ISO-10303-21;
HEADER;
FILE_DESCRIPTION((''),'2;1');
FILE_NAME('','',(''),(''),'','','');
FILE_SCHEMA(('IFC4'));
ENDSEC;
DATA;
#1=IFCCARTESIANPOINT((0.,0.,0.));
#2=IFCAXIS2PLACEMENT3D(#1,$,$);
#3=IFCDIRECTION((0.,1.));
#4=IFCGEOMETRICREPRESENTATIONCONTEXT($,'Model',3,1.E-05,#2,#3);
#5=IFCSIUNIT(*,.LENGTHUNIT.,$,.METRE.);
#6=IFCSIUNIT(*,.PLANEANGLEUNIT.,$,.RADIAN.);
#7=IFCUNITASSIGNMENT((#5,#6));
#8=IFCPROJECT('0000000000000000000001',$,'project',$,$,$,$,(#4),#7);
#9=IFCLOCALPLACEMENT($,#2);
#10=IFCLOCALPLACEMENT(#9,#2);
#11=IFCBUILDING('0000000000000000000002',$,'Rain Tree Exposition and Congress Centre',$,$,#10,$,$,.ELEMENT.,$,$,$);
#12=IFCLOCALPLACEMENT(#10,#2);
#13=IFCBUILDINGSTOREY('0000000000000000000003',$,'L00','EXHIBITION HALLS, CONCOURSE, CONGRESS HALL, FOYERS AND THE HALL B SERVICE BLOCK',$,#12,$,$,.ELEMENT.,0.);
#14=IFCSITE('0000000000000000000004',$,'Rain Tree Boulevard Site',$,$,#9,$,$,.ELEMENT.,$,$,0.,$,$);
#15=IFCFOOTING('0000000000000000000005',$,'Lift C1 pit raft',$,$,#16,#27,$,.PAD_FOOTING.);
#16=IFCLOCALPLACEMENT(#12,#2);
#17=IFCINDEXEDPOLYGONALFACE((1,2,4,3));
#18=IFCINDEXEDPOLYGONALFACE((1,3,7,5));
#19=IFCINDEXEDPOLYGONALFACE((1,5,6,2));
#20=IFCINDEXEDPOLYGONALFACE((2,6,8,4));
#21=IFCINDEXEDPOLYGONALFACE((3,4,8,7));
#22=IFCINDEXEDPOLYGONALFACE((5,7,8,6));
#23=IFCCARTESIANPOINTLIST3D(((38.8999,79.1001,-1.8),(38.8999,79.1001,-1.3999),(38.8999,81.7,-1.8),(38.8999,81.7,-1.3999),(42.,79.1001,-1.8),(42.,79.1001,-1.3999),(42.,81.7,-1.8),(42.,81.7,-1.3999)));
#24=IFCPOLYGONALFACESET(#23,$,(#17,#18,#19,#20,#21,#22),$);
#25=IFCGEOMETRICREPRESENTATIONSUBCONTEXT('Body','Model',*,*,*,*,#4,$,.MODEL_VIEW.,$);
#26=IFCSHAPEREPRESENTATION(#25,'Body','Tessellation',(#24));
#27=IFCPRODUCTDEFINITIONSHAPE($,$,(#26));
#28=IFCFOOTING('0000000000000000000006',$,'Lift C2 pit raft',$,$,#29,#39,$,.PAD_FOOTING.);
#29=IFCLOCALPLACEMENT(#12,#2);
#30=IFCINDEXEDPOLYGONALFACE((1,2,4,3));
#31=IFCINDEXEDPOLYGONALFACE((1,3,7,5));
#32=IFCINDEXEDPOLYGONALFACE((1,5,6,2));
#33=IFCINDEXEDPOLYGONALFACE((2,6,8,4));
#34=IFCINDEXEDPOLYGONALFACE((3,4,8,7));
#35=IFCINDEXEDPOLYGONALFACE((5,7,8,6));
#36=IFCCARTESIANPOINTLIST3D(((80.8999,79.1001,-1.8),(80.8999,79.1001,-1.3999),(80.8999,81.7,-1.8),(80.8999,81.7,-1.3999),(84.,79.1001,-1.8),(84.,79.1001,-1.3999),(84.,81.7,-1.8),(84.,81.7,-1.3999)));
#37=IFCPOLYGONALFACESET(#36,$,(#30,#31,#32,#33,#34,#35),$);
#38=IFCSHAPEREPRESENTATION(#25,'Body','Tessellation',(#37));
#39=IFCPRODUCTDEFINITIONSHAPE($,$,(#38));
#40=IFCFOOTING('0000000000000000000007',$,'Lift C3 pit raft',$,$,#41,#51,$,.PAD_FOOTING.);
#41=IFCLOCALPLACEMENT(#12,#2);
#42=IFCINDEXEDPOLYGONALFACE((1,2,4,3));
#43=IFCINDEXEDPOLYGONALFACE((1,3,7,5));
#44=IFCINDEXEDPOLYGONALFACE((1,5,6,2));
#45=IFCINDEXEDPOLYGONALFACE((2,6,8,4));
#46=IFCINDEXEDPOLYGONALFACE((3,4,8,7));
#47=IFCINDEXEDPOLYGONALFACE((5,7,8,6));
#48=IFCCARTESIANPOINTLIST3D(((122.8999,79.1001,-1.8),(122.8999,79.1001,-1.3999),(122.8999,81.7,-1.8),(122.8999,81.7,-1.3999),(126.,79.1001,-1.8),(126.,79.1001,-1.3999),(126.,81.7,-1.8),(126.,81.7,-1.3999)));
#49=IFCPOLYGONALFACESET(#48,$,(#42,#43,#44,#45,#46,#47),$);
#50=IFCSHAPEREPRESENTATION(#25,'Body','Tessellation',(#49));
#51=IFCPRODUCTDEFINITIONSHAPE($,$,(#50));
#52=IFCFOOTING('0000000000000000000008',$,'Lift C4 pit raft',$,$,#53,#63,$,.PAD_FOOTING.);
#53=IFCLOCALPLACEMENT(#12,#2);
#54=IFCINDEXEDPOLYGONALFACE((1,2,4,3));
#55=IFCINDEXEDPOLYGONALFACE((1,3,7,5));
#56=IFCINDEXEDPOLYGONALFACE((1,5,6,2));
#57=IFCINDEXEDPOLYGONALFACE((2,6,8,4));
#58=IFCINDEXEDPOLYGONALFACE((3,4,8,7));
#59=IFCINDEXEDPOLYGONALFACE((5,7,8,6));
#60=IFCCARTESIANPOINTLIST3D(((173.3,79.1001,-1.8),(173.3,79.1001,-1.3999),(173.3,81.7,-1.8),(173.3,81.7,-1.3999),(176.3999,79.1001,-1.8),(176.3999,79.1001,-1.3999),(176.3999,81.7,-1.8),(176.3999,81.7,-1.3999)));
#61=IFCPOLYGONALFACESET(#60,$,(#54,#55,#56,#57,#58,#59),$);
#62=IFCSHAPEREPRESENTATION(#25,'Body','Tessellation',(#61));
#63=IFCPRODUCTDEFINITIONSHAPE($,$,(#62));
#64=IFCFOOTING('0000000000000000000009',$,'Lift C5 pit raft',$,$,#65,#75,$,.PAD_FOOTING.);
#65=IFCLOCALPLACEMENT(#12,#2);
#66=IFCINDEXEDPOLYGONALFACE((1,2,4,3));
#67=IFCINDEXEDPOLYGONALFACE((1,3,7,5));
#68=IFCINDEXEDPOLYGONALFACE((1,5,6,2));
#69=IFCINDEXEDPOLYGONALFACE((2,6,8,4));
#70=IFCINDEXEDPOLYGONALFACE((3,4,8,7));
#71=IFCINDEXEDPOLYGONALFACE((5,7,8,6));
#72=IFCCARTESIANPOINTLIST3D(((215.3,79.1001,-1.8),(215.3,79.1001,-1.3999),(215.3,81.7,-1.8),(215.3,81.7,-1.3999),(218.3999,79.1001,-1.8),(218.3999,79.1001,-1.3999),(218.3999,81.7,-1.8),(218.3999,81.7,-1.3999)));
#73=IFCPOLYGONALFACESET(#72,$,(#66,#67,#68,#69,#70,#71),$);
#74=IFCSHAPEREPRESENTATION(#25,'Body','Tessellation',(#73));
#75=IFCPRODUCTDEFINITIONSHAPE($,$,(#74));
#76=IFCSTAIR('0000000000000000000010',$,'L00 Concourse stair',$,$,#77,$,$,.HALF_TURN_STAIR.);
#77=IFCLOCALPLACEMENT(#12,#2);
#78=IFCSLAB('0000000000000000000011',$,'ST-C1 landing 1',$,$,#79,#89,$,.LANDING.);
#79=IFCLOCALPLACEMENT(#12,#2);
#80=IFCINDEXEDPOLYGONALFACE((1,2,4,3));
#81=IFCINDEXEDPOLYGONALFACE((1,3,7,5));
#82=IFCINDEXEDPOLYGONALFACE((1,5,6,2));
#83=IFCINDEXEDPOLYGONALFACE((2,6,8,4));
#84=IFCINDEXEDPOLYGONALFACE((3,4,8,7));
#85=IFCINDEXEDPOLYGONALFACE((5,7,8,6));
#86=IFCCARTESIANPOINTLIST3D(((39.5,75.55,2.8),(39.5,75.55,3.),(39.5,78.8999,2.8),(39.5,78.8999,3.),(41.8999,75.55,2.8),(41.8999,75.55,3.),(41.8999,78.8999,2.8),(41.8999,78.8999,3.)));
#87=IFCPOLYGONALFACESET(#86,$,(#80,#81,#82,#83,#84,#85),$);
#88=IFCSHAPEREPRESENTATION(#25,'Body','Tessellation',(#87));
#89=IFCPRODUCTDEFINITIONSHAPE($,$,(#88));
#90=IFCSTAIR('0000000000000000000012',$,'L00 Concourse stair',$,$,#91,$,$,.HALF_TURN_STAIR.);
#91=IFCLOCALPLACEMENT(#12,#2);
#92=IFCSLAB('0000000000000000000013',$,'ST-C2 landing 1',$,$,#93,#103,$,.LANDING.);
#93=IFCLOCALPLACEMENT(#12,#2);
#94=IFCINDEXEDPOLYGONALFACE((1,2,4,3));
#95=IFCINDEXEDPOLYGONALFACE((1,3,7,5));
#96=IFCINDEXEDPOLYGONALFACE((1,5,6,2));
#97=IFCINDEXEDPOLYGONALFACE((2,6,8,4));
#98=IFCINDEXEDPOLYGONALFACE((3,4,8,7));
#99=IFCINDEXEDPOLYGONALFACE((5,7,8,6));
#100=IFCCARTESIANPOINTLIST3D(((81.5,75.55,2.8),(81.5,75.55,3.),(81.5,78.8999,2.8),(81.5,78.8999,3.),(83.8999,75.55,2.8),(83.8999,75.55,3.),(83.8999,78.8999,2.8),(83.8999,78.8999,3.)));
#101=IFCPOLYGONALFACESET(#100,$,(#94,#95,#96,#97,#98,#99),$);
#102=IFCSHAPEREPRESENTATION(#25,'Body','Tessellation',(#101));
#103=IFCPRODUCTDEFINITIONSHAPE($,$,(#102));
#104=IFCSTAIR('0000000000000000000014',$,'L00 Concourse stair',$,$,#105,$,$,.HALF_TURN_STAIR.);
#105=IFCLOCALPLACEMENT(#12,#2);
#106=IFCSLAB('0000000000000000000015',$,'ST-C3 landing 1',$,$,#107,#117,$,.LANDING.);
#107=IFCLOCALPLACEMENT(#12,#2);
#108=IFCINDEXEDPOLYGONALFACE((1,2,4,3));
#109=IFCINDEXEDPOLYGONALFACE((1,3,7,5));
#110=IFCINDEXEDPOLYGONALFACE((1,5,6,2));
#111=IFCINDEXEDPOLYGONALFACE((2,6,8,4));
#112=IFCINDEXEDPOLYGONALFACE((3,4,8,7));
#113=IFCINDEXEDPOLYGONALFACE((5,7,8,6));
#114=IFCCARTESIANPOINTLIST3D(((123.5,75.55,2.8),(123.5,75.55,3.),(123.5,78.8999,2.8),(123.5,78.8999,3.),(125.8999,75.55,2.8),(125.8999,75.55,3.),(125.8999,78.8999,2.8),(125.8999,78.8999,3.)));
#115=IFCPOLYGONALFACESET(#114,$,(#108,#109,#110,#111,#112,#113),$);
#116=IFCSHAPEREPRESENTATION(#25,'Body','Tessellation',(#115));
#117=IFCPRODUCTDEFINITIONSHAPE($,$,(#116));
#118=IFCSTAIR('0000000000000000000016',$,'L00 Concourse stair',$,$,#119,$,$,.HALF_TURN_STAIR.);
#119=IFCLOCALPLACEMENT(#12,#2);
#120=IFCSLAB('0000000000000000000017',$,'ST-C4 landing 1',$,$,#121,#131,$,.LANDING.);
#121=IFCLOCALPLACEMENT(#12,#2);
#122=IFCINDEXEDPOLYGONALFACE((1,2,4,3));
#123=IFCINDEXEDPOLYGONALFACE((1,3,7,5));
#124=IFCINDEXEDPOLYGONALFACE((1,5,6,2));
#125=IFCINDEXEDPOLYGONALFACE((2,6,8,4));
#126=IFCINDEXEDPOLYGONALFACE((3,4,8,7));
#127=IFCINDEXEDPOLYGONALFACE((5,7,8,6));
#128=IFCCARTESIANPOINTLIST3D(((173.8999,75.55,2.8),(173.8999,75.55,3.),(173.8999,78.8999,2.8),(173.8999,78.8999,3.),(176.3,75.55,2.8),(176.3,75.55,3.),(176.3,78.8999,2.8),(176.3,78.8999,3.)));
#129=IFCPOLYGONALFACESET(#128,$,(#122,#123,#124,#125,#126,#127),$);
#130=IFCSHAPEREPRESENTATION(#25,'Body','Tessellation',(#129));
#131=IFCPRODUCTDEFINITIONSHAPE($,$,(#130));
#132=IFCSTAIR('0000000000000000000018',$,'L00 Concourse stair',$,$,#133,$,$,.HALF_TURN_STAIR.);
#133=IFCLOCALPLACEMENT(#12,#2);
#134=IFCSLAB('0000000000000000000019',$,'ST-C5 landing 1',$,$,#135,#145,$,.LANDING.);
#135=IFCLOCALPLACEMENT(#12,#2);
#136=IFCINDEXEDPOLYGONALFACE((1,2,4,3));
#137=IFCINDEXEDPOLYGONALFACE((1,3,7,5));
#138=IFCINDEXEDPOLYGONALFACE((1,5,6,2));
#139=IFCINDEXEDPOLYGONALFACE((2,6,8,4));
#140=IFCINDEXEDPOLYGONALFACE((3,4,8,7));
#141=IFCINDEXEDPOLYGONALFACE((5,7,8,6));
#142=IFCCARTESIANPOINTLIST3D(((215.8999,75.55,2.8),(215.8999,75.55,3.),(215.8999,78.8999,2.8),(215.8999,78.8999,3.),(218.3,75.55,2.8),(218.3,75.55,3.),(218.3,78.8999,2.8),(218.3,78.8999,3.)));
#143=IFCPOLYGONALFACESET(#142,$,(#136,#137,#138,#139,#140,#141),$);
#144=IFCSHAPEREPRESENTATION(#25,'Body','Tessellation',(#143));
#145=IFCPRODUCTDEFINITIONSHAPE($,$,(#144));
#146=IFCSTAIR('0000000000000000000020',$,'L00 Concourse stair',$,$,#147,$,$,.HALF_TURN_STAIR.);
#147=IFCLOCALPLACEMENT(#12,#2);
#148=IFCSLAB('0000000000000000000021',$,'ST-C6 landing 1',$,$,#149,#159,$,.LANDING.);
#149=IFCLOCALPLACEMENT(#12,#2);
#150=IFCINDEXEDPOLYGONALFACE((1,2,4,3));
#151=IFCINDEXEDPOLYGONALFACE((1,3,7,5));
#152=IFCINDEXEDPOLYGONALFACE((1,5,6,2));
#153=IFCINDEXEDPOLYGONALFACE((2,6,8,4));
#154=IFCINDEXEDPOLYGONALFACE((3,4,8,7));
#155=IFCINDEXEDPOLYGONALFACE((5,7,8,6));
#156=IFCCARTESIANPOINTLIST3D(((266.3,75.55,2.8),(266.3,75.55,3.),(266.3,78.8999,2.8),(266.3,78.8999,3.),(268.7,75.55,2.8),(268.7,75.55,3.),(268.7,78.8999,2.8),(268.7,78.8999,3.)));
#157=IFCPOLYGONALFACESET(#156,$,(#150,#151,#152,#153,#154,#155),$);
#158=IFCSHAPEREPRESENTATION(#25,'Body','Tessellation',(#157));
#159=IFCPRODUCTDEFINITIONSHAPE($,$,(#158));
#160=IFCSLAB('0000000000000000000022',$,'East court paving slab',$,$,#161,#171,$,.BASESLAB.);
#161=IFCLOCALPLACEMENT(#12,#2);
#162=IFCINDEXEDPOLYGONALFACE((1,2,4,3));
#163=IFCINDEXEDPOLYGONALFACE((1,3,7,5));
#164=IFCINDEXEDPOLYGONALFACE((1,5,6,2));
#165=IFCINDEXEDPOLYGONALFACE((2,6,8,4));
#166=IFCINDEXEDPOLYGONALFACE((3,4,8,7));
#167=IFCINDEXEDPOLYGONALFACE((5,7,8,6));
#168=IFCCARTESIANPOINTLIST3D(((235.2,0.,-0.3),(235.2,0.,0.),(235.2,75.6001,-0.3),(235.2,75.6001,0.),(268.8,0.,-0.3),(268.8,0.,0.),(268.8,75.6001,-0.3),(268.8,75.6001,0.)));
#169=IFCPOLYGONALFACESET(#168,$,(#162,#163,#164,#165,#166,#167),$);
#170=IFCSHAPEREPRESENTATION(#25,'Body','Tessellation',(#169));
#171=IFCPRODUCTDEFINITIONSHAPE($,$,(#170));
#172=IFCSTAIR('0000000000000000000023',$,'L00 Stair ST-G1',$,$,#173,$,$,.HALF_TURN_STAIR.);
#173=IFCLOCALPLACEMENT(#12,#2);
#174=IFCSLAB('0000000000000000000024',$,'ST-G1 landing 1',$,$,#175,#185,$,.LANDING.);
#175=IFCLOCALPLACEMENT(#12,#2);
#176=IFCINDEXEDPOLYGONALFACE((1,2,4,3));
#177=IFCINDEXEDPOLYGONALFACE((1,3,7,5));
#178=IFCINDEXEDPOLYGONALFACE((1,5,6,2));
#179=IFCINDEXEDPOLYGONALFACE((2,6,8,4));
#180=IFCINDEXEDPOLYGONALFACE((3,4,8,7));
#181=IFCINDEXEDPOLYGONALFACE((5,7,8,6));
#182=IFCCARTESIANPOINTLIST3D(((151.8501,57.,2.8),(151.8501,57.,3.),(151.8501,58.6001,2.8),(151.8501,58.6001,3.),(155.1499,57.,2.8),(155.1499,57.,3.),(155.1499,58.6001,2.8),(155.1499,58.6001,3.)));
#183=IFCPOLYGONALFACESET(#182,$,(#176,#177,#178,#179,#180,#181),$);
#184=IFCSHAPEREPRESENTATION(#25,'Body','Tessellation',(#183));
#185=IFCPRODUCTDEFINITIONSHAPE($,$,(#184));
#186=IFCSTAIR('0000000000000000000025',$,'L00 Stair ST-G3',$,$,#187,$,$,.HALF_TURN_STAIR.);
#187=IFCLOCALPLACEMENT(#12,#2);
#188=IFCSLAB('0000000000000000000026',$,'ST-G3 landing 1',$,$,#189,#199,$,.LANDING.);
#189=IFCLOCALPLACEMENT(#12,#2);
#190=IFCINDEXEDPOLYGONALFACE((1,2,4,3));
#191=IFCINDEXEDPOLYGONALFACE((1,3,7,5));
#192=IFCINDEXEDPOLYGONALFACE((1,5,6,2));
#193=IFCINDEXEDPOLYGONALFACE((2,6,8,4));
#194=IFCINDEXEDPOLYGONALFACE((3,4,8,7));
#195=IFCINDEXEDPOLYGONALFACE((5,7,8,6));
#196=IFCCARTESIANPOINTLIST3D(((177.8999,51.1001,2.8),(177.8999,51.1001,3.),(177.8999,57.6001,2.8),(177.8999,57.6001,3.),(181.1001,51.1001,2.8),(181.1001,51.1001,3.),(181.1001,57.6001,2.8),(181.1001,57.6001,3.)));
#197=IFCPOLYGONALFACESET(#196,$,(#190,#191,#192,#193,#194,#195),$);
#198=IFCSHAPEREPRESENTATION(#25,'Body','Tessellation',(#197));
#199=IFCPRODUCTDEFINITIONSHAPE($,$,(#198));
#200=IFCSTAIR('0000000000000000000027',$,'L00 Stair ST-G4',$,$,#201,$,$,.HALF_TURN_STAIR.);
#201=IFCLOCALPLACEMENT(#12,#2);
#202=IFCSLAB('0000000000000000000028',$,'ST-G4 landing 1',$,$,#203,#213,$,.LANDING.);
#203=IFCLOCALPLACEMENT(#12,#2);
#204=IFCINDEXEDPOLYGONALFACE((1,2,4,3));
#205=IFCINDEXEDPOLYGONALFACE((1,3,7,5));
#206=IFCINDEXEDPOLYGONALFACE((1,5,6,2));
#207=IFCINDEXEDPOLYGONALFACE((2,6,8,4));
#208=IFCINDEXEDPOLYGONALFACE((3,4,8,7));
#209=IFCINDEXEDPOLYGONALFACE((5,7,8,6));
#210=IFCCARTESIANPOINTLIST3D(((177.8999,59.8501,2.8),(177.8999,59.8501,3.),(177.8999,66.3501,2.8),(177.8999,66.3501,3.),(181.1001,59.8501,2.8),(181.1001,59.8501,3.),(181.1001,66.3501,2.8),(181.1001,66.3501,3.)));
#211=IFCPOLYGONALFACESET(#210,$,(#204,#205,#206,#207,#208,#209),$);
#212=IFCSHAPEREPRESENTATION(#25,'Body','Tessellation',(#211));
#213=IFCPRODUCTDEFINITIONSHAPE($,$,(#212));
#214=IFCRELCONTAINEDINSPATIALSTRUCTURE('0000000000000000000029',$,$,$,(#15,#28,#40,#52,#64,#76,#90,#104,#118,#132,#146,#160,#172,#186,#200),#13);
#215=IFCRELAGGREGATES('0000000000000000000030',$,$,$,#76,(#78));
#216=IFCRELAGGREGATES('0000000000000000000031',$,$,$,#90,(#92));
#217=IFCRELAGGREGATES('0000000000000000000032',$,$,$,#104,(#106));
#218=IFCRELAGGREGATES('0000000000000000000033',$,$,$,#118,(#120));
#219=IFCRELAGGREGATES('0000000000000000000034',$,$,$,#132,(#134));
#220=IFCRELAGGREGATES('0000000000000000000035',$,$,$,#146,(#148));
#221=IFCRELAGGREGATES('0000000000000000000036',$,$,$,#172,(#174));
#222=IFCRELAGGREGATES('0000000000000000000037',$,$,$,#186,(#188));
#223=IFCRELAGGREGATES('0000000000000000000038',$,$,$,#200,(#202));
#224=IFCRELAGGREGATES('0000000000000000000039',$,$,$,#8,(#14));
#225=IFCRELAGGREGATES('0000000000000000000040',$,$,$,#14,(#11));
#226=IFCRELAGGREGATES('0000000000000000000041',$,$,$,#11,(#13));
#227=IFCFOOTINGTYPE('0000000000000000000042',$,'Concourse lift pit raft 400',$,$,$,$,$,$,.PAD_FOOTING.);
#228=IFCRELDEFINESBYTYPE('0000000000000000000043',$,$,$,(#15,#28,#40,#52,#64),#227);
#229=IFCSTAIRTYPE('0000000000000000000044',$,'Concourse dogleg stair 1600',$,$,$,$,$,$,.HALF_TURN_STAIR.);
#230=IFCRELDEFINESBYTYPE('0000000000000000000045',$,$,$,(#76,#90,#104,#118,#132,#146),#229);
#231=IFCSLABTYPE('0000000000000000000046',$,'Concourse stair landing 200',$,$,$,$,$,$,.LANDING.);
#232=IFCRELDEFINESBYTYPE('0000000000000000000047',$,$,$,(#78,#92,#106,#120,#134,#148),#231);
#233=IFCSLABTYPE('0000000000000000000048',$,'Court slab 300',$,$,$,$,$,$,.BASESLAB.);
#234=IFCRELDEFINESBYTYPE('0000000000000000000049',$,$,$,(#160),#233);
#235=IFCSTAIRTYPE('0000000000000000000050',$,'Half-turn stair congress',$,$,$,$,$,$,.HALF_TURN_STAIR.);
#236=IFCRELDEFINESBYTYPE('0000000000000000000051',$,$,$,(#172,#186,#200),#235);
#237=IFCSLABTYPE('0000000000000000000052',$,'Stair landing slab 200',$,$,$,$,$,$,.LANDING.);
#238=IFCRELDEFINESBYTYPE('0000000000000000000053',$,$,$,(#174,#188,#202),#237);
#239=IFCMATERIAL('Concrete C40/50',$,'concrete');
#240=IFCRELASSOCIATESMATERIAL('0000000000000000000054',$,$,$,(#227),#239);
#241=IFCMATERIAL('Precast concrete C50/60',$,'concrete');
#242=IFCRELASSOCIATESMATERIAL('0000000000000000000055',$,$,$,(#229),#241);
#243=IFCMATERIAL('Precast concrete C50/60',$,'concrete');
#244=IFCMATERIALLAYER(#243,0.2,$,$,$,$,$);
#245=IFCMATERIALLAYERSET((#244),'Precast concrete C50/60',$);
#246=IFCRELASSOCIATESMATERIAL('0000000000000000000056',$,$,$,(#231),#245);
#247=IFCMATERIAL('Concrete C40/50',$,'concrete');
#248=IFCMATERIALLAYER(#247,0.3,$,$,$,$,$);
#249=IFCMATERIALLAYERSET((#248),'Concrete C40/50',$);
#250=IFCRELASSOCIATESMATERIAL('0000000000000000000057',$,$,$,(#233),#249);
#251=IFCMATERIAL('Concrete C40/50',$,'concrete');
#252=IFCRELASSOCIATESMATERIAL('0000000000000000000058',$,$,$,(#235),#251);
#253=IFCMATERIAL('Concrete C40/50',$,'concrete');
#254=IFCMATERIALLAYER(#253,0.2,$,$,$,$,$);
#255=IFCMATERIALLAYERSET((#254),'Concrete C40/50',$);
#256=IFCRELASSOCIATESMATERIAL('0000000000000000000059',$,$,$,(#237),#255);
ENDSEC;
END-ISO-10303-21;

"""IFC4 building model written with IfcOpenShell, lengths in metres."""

from ifc_helpers import new_model, si_unit, direction, frame, origin, place, context, subcontext, project, spatial, polyline, outline, extrude, material, layer, layer_set, type_object, element, aggregate, save


model = new_model("IFC4")

# Units and contexts
model_context = context("Model", 3, precision=1e-05, world=origin(), true_north=direction((0.0, 1.0)))
body_context = subcontext(model_context, "Body", "Model", "MODEL_VIEW")
ifc_project = project(units=[si_unit("LENGTHUNIT", "METRE"), si_unit("PLANEANGLEUNIT", "RADIAN")], contexts=[model_context])

# Site, building, storey
site_placement = place(None, origin())
site = spatial("IfcSite", under=ifc_project, at=site_placement, Name="Rain Tree Boulevard Site", CompositionType="ELEMENT", RefElevation=0.0)
building_placement = place(site_placement, origin())
building = spatial("IfcBuilding", under=site, at=building_placement, Name="Rain Tree Exposition and Congress Centre", CompositionType="ELEMENT")
storey_placement = place(building_placement, origin())
storey = spatial("IfcBuildingStorey", under=building, at=storey_placement, Name="L00", Description="EXHIBITION HALLS, CONCOURSE, CONGRESS HALL, FOYERS AND THE HALL B SERVICE BLOCK", CompositionType="ELEMENT", Elevation=0.0)

# Footings
ifc_material_1 = material(Name="Concrete C40/50", Category="concrete")
footing_type = type_object("IfcFootingType", Name="Concourse lift pit raft 400", PredefinedType="PAD_FOOTING", material=ifc_material_1)
footing_1_placement = place(storey_placement, frame((0.0, 0.0, -1.8)))
element("IfcFooting", 1, at=footing_1_placement, inside=storey, type_object=footing_type, Name="Lift C1 pit raft", PredefinedType="PAD_FOOTING", context=body_context, shape_type="SweptSolid", body=[
    extrude(outline(polyline([(38.8999, 79.1001), (42.0, 79.1001), (42.0, 81.7), (38.8999, 81.7), (38.8999, 79.1001)])), origin(), (0.0, 0.0, 1.0), 0.4001),
])
footing_2_placement = place(storey_placement, frame((0.0, 0.0, -1.8)))
element("IfcFooting", 2, at=footing_2_placement, inside=storey, type_object=footing_type, Name="Lift C2 pit raft", PredefinedType="PAD_FOOTING", context=body_context, shape_type="SweptSolid", body=[
    extrude(outline(polyline([(80.8999, 79.1001), (84.0, 79.1001), (84.0, 81.7), (80.8999, 81.7), (80.8999, 79.1001)])), origin(), (0.0, 0.0, 1.0), 0.4001),
])
footing_3_placement = place(storey_placement, frame((0.0, 0.0, -1.8)))
element("IfcFooting", 3, at=footing_3_placement, inside=storey, type_object=footing_type, Name="Lift C3 pit raft", PredefinedType="PAD_FOOTING", context=body_context, shape_type="SweptSolid", body=[
    extrude(outline(polyline([(122.8999, 79.1001), (126.0, 79.1001), (126.0, 81.7), (122.8999, 81.7), (122.8999, 79.1001)])), origin(), (0.0, 0.0, 1.0), 0.4001),
])
footing_4_placement = place(storey_placement, frame((0.0, 0.0, -1.8)))
element("IfcFooting", 4, at=footing_4_placement, inside=storey, type_object=footing_type, Name="Lift C4 pit raft", PredefinedType="PAD_FOOTING", context=body_context, shape_type="SweptSolid", body=[
    extrude(outline(polyline([(173.3, 79.1001), (176.3999, 79.1001), (176.3999, 81.7), (173.3, 81.7), (173.3, 79.1001)])), origin(), (0.0, 0.0, 1.0), 0.4001),
])
footing_5_placement = place(storey_placement, frame((0.0, 0.0, -1.8)))
element("IfcFooting", 5, at=footing_5_placement, inside=storey, type_object=footing_type, Name="Lift C5 pit raft", PredefinedType="PAD_FOOTING", context=body_context, shape_type="SweptSolid", body=[
    extrude(outline(polyline([(215.3, 79.1001), (218.3999, 79.1001), (218.3999, 81.7), (215.3, 81.7), (215.3, 79.1001)])), origin(), (0.0, 0.0, 1.0), 0.4001),
])

# Stairs, slabs
ifc_material_2 = material(Name="Precast concrete C50/60", Category="concrete")
stair_type_1 = type_object("IfcStairType", Name="Concourse dogleg stair 1600", PredefinedType="HALF_TURN_STAIR", material=ifc_material_2)
stair_1_placement = place(storey_placement, origin())
stair_1 = element("IfcStair", 6, at=stair_1_placement, inside=storey, type_object=stair_type_1, Name="L00 Concourse stair", PredefinedType="HALF_TURN_STAIR")
ifc_material_3 = material(Name="Precast concrete C50/60", Category="concrete")
ifc_layer_1 = layer(ifc_material_3, 0.2)
ifc_layer_set_1 = layer_set([ifc_layer_1], Name="Precast concrete C50/60")
slab_type_1 = type_object("IfcSlabType", Name="Concourse stair landing 200", PredefinedType="LANDING", material=ifc_layer_set_1)
slab_1_placement = place(storey_placement, frame((0.0, 0.0, 2.8)))
slab_1 = element("IfcSlab", 7, at=slab_1_placement, type_object=slab_type_1, Name="ST-C1 landing 1", PredefinedType="LANDING", context=body_context, shape_type="SweptSolid", body=[
    extrude(outline(polyline([(39.5, 75.55), (41.8999, 75.55), (41.8999, 78.8999), (39.5, 78.8999), (39.5, 75.55)])), origin(), (0.0, 0.0, 1.0), 0.2),
])
aggregate(stair_1, [slab_1])
stair_2_placement = place(storey_placement, origin())
stair_2 = element("IfcStair", 8, at=stair_2_placement, inside=storey, type_object=stair_type_1, Name="L00 Concourse stair", PredefinedType="HALF_TURN_STAIR")
slab_2_placement = place(storey_placement, frame((0.0, 0.0, 2.8)))
slab_2 = element("IfcSlab", 9, at=slab_2_placement, type_object=slab_type_1, Name="ST-C2 landing 1", PredefinedType="LANDING", context=body_context, shape_type="SweptSolid", body=[
    extrude(outline(polyline([(81.5, 75.55), (83.8999, 75.55), (83.8999, 78.8999), (81.5, 78.8999), (81.5, 75.55)])), origin(), (0.0, 0.0, 1.0), 0.2),
])
aggregate(stair_2, [slab_2])
stair_3_placement = place(storey_placement, origin())
stair_3 = element("IfcStair", 10, at=stair_3_placement, inside=storey, type_object=stair_type_1, Name="L00 Concourse stair", PredefinedType="HALF_TURN_STAIR")
slab_3_placement = place(storey_placement, frame((0.0, 0.0, 2.8)))
slab_3 = element("IfcSlab", 11, at=slab_3_placement, type_object=slab_type_1, Name="ST-C3 landing 1", PredefinedType="LANDING", context=body_context, shape_type="SweptSolid", body=[
    extrude(outline(polyline([(123.5, 75.55), (125.8999, 75.55), (125.8999, 78.8999), (123.5, 78.8999), (123.5, 75.55)])), origin(), (0.0, 0.0, 1.0), 0.2),
])
aggregate(stair_3, [slab_3])
stair_4_placement = place(storey_placement, origin())
stair_4 = element("IfcStair", 12, at=stair_4_placement, inside=storey, type_object=stair_type_1, Name="L00 Concourse stair", PredefinedType="HALF_TURN_STAIR")
slab_4_placement = place(storey_placement, frame((0.0, 0.0, 2.8)))
slab_4 = element("IfcSlab", 13, at=slab_4_placement, type_object=slab_type_1, Name="ST-C4 landing 1", PredefinedType="LANDING", context=body_context, shape_type="SweptSolid", body=[
    extrude(outline(polyline([(173.8999, 75.55), (176.3, 75.55), (176.3, 78.8999), (173.8999, 78.8999), (173.8999, 75.55)])), origin(), (0.0, 0.0, 1.0), 0.2),
])
aggregate(stair_4, [slab_4])
stair_5_placement = place(storey_placement, origin())
stair_5 = element("IfcStair", 14, at=stair_5_placement, inside=storey, type_object=stair_type_1, Name="L00 Concourse stair", PredefinedType="HALF_TURN_STAIR")
slab_5_placement = place(storey_placement, frame((0.0, 0.0, 2.8)))
slab_5 = element("IfcSlab", 15, at=slab_5_placement, type_object=slab_type_1, Name="ST-C5 landing 1", PredefinedType="LANDING", context=body_context, shape_type="SweptSolid", body=[
    extrude(outline(polyline([(215.8999, 75.55), (218.3, 75.55), (218.3, 78.8999), (215.8999, 78.8999), (215.8999, 75.55)])), origin(), (0.0, 0.0, 1.0), 0.2),
])
aggregate(stair_5, [slab_5])
stair_6_placement = place(storey_placement, origin())
stair_6 = element("IfcStair", 16, at=stair_6_placement, inside=storey, type_object=stair_type_1, Name="L00 Concourse stair", PredefinedType="HALF_TURN_STAIR")
slab_6_placement = place(storey_placement, frame((0.0, 0.0, 2.8)))
slab_6 = element("IfcSlab", 17, at=slab_6_placement, type_object=slab_type_1, Name="ST-C6 landing 1", PredefinedType="LANDING", context=body_context, shape_type="SweptSolid", body=[
    extrude(outline(polyline([(266.3, 75.55), (268.7, 75.55), (268.7, 78.8999), (266.3, 78.8999), (266.3, 75.55)])), origin(), (0.0, 0.0, 1.0), 0.2),
])
aggregate(stair_6, [slab_6])

# Slab
ifc_material_4 = material(Name="Concrete C40/50", Category="concrete")
ifc_layer_2 = layer(ifc_material_4, 0.3)
ifc_layer_set_2 = layer_set([ifc_layer_2], Name="Concrete C40/50")
slab_type_2 = type_object("IfcSlabType", Name="Court slab 300", PredefinedType="BASESLAB", material=ifc_layer_set_2)
slab_7_placement = place(storey_placement, frame((0.0, 0.0, -0.3)))
element("IfcSlab", 18, at=slab_7_placement, inside=storey, type_object=slab_type_2, Name="East court paving slab", PredefinedType="BASESLAB", context=body_context, shape_type="SweptSolid", body=[
    extrude(outline(polyline([(235.2, 0.0), (268.8, 0.0), (268.8, 75.6001), (235.2, 75.6001), (235.2, 0.0)])), origin(), (0.0, 0.0, 1.0), 0.3),
])

# Stairs, slabs
ifc_material_5 = material(Name="Concrete C40/50", Category="concrete")
stair_type_2 = type_object("IfcStairType", Name="Half-turn stair congress", PredefinedType="HALF_TURN_STAIR", material=ifc_material_5)
stair_7_placement = place(storey_placement, origin())
stair_7 = element("IfcStair", 19, at=stair_7_placement, inside=storey, type_object=stair_type_2, Name="L00 Stair ST-G1", PredefinedType="HALF_TURN_STAIR")
ifc_material_6 = material(Name="Concrete C40/50", Category="concrete")
ifc_layer_3 = layer(ifc_material_6, 0.2)
ifc_layer_set_3 = layer_set([ifc_layer_3], Name="Concrete C40/50")
slab_type_3 = type_object("IfcSlabType", Name="Stair landing slab 200", PredefinedType="LANDING", material=ifc_layer_set_3)
slab_8_placement = place(storey_placement, frame((0.0, 0.0, 2.8)))
slab_8 = element("IfcSlab", 20, at=slab_8_placement, type_object=slab_type_3, Name="ST-G1 landing 1", PredefinedType="LANDING", context=body_context, shape_type="SweptSolid", body=[
    extrude(outline(polyline([(155.1499, 57.0), (155.1499, 58.6001), (151.8501, 58.6001), (151.8501, 57.0), (155.1499, 57.0)])), origin(), (0.0, 0.0, 1.0), 0.2),
])
aggregate(stair_7, [slab_8])
stair_8_placement = place(storey_placement, origin())
stair_8 = element("IfcStair", 21, at=stair_8_placement, inside=storey, type_object=stair_type_2, Name="L00 Stair ST-G3", PredefinedType="HALF_TURN_STAIR")
slab_9_placement = place(storey_placement, frame((0.0, 0.0, 2.8)))
slab_9 = element("IfcSlab", 22, at=slab_9_placement, type_object=slab_type_3, Name="ST-G3 landing 1", PredefinedType="LANDING", context=body_context, shape_type="SweptSolid", body=[
    extrude(outline(polyline([(177.8999, 51.1001), (181.1001, 51.1001), (181.1001, 57.6001), (177.8999, 57.6001), (177.8999, 51.1001)])), origin(), (0.0, 0.0, 1.0), 0.2),
])
aggregate(stair_8, [slab_9])
stair_9_placement = place(storey_placement, origin())
stair_9 = element("IfcStair", 23, at=stair_9_placement, inside=storey, type_object=stair_type_2, Name="L00 Stair ST-G4", PredefinedType="HALF_TURN_STAIR")
slab_10_placement = place(storey_placement, frame((0.0, 0.0, 2.8)))
slab_10 = element("IfcSlab", 24, at=slab_10_placement, type_object=slab_type_3, Name="ST-G4 landing 1", PredefinedType="LANDING", context=body_context, shape_type="SweptSolid", body=[
    extrude(outline(polyline([(177.8999, 59.8501), (181.1001, 59.8501), (181.1001, 66.3501), (177.8999, 66.3501), (177.8999, 59.8501)])), origin(), (0.0, 0.0, 1.0), 0.2),
])
aggregate(stair_9, [slab_10])

save(model, "model.ifc")
